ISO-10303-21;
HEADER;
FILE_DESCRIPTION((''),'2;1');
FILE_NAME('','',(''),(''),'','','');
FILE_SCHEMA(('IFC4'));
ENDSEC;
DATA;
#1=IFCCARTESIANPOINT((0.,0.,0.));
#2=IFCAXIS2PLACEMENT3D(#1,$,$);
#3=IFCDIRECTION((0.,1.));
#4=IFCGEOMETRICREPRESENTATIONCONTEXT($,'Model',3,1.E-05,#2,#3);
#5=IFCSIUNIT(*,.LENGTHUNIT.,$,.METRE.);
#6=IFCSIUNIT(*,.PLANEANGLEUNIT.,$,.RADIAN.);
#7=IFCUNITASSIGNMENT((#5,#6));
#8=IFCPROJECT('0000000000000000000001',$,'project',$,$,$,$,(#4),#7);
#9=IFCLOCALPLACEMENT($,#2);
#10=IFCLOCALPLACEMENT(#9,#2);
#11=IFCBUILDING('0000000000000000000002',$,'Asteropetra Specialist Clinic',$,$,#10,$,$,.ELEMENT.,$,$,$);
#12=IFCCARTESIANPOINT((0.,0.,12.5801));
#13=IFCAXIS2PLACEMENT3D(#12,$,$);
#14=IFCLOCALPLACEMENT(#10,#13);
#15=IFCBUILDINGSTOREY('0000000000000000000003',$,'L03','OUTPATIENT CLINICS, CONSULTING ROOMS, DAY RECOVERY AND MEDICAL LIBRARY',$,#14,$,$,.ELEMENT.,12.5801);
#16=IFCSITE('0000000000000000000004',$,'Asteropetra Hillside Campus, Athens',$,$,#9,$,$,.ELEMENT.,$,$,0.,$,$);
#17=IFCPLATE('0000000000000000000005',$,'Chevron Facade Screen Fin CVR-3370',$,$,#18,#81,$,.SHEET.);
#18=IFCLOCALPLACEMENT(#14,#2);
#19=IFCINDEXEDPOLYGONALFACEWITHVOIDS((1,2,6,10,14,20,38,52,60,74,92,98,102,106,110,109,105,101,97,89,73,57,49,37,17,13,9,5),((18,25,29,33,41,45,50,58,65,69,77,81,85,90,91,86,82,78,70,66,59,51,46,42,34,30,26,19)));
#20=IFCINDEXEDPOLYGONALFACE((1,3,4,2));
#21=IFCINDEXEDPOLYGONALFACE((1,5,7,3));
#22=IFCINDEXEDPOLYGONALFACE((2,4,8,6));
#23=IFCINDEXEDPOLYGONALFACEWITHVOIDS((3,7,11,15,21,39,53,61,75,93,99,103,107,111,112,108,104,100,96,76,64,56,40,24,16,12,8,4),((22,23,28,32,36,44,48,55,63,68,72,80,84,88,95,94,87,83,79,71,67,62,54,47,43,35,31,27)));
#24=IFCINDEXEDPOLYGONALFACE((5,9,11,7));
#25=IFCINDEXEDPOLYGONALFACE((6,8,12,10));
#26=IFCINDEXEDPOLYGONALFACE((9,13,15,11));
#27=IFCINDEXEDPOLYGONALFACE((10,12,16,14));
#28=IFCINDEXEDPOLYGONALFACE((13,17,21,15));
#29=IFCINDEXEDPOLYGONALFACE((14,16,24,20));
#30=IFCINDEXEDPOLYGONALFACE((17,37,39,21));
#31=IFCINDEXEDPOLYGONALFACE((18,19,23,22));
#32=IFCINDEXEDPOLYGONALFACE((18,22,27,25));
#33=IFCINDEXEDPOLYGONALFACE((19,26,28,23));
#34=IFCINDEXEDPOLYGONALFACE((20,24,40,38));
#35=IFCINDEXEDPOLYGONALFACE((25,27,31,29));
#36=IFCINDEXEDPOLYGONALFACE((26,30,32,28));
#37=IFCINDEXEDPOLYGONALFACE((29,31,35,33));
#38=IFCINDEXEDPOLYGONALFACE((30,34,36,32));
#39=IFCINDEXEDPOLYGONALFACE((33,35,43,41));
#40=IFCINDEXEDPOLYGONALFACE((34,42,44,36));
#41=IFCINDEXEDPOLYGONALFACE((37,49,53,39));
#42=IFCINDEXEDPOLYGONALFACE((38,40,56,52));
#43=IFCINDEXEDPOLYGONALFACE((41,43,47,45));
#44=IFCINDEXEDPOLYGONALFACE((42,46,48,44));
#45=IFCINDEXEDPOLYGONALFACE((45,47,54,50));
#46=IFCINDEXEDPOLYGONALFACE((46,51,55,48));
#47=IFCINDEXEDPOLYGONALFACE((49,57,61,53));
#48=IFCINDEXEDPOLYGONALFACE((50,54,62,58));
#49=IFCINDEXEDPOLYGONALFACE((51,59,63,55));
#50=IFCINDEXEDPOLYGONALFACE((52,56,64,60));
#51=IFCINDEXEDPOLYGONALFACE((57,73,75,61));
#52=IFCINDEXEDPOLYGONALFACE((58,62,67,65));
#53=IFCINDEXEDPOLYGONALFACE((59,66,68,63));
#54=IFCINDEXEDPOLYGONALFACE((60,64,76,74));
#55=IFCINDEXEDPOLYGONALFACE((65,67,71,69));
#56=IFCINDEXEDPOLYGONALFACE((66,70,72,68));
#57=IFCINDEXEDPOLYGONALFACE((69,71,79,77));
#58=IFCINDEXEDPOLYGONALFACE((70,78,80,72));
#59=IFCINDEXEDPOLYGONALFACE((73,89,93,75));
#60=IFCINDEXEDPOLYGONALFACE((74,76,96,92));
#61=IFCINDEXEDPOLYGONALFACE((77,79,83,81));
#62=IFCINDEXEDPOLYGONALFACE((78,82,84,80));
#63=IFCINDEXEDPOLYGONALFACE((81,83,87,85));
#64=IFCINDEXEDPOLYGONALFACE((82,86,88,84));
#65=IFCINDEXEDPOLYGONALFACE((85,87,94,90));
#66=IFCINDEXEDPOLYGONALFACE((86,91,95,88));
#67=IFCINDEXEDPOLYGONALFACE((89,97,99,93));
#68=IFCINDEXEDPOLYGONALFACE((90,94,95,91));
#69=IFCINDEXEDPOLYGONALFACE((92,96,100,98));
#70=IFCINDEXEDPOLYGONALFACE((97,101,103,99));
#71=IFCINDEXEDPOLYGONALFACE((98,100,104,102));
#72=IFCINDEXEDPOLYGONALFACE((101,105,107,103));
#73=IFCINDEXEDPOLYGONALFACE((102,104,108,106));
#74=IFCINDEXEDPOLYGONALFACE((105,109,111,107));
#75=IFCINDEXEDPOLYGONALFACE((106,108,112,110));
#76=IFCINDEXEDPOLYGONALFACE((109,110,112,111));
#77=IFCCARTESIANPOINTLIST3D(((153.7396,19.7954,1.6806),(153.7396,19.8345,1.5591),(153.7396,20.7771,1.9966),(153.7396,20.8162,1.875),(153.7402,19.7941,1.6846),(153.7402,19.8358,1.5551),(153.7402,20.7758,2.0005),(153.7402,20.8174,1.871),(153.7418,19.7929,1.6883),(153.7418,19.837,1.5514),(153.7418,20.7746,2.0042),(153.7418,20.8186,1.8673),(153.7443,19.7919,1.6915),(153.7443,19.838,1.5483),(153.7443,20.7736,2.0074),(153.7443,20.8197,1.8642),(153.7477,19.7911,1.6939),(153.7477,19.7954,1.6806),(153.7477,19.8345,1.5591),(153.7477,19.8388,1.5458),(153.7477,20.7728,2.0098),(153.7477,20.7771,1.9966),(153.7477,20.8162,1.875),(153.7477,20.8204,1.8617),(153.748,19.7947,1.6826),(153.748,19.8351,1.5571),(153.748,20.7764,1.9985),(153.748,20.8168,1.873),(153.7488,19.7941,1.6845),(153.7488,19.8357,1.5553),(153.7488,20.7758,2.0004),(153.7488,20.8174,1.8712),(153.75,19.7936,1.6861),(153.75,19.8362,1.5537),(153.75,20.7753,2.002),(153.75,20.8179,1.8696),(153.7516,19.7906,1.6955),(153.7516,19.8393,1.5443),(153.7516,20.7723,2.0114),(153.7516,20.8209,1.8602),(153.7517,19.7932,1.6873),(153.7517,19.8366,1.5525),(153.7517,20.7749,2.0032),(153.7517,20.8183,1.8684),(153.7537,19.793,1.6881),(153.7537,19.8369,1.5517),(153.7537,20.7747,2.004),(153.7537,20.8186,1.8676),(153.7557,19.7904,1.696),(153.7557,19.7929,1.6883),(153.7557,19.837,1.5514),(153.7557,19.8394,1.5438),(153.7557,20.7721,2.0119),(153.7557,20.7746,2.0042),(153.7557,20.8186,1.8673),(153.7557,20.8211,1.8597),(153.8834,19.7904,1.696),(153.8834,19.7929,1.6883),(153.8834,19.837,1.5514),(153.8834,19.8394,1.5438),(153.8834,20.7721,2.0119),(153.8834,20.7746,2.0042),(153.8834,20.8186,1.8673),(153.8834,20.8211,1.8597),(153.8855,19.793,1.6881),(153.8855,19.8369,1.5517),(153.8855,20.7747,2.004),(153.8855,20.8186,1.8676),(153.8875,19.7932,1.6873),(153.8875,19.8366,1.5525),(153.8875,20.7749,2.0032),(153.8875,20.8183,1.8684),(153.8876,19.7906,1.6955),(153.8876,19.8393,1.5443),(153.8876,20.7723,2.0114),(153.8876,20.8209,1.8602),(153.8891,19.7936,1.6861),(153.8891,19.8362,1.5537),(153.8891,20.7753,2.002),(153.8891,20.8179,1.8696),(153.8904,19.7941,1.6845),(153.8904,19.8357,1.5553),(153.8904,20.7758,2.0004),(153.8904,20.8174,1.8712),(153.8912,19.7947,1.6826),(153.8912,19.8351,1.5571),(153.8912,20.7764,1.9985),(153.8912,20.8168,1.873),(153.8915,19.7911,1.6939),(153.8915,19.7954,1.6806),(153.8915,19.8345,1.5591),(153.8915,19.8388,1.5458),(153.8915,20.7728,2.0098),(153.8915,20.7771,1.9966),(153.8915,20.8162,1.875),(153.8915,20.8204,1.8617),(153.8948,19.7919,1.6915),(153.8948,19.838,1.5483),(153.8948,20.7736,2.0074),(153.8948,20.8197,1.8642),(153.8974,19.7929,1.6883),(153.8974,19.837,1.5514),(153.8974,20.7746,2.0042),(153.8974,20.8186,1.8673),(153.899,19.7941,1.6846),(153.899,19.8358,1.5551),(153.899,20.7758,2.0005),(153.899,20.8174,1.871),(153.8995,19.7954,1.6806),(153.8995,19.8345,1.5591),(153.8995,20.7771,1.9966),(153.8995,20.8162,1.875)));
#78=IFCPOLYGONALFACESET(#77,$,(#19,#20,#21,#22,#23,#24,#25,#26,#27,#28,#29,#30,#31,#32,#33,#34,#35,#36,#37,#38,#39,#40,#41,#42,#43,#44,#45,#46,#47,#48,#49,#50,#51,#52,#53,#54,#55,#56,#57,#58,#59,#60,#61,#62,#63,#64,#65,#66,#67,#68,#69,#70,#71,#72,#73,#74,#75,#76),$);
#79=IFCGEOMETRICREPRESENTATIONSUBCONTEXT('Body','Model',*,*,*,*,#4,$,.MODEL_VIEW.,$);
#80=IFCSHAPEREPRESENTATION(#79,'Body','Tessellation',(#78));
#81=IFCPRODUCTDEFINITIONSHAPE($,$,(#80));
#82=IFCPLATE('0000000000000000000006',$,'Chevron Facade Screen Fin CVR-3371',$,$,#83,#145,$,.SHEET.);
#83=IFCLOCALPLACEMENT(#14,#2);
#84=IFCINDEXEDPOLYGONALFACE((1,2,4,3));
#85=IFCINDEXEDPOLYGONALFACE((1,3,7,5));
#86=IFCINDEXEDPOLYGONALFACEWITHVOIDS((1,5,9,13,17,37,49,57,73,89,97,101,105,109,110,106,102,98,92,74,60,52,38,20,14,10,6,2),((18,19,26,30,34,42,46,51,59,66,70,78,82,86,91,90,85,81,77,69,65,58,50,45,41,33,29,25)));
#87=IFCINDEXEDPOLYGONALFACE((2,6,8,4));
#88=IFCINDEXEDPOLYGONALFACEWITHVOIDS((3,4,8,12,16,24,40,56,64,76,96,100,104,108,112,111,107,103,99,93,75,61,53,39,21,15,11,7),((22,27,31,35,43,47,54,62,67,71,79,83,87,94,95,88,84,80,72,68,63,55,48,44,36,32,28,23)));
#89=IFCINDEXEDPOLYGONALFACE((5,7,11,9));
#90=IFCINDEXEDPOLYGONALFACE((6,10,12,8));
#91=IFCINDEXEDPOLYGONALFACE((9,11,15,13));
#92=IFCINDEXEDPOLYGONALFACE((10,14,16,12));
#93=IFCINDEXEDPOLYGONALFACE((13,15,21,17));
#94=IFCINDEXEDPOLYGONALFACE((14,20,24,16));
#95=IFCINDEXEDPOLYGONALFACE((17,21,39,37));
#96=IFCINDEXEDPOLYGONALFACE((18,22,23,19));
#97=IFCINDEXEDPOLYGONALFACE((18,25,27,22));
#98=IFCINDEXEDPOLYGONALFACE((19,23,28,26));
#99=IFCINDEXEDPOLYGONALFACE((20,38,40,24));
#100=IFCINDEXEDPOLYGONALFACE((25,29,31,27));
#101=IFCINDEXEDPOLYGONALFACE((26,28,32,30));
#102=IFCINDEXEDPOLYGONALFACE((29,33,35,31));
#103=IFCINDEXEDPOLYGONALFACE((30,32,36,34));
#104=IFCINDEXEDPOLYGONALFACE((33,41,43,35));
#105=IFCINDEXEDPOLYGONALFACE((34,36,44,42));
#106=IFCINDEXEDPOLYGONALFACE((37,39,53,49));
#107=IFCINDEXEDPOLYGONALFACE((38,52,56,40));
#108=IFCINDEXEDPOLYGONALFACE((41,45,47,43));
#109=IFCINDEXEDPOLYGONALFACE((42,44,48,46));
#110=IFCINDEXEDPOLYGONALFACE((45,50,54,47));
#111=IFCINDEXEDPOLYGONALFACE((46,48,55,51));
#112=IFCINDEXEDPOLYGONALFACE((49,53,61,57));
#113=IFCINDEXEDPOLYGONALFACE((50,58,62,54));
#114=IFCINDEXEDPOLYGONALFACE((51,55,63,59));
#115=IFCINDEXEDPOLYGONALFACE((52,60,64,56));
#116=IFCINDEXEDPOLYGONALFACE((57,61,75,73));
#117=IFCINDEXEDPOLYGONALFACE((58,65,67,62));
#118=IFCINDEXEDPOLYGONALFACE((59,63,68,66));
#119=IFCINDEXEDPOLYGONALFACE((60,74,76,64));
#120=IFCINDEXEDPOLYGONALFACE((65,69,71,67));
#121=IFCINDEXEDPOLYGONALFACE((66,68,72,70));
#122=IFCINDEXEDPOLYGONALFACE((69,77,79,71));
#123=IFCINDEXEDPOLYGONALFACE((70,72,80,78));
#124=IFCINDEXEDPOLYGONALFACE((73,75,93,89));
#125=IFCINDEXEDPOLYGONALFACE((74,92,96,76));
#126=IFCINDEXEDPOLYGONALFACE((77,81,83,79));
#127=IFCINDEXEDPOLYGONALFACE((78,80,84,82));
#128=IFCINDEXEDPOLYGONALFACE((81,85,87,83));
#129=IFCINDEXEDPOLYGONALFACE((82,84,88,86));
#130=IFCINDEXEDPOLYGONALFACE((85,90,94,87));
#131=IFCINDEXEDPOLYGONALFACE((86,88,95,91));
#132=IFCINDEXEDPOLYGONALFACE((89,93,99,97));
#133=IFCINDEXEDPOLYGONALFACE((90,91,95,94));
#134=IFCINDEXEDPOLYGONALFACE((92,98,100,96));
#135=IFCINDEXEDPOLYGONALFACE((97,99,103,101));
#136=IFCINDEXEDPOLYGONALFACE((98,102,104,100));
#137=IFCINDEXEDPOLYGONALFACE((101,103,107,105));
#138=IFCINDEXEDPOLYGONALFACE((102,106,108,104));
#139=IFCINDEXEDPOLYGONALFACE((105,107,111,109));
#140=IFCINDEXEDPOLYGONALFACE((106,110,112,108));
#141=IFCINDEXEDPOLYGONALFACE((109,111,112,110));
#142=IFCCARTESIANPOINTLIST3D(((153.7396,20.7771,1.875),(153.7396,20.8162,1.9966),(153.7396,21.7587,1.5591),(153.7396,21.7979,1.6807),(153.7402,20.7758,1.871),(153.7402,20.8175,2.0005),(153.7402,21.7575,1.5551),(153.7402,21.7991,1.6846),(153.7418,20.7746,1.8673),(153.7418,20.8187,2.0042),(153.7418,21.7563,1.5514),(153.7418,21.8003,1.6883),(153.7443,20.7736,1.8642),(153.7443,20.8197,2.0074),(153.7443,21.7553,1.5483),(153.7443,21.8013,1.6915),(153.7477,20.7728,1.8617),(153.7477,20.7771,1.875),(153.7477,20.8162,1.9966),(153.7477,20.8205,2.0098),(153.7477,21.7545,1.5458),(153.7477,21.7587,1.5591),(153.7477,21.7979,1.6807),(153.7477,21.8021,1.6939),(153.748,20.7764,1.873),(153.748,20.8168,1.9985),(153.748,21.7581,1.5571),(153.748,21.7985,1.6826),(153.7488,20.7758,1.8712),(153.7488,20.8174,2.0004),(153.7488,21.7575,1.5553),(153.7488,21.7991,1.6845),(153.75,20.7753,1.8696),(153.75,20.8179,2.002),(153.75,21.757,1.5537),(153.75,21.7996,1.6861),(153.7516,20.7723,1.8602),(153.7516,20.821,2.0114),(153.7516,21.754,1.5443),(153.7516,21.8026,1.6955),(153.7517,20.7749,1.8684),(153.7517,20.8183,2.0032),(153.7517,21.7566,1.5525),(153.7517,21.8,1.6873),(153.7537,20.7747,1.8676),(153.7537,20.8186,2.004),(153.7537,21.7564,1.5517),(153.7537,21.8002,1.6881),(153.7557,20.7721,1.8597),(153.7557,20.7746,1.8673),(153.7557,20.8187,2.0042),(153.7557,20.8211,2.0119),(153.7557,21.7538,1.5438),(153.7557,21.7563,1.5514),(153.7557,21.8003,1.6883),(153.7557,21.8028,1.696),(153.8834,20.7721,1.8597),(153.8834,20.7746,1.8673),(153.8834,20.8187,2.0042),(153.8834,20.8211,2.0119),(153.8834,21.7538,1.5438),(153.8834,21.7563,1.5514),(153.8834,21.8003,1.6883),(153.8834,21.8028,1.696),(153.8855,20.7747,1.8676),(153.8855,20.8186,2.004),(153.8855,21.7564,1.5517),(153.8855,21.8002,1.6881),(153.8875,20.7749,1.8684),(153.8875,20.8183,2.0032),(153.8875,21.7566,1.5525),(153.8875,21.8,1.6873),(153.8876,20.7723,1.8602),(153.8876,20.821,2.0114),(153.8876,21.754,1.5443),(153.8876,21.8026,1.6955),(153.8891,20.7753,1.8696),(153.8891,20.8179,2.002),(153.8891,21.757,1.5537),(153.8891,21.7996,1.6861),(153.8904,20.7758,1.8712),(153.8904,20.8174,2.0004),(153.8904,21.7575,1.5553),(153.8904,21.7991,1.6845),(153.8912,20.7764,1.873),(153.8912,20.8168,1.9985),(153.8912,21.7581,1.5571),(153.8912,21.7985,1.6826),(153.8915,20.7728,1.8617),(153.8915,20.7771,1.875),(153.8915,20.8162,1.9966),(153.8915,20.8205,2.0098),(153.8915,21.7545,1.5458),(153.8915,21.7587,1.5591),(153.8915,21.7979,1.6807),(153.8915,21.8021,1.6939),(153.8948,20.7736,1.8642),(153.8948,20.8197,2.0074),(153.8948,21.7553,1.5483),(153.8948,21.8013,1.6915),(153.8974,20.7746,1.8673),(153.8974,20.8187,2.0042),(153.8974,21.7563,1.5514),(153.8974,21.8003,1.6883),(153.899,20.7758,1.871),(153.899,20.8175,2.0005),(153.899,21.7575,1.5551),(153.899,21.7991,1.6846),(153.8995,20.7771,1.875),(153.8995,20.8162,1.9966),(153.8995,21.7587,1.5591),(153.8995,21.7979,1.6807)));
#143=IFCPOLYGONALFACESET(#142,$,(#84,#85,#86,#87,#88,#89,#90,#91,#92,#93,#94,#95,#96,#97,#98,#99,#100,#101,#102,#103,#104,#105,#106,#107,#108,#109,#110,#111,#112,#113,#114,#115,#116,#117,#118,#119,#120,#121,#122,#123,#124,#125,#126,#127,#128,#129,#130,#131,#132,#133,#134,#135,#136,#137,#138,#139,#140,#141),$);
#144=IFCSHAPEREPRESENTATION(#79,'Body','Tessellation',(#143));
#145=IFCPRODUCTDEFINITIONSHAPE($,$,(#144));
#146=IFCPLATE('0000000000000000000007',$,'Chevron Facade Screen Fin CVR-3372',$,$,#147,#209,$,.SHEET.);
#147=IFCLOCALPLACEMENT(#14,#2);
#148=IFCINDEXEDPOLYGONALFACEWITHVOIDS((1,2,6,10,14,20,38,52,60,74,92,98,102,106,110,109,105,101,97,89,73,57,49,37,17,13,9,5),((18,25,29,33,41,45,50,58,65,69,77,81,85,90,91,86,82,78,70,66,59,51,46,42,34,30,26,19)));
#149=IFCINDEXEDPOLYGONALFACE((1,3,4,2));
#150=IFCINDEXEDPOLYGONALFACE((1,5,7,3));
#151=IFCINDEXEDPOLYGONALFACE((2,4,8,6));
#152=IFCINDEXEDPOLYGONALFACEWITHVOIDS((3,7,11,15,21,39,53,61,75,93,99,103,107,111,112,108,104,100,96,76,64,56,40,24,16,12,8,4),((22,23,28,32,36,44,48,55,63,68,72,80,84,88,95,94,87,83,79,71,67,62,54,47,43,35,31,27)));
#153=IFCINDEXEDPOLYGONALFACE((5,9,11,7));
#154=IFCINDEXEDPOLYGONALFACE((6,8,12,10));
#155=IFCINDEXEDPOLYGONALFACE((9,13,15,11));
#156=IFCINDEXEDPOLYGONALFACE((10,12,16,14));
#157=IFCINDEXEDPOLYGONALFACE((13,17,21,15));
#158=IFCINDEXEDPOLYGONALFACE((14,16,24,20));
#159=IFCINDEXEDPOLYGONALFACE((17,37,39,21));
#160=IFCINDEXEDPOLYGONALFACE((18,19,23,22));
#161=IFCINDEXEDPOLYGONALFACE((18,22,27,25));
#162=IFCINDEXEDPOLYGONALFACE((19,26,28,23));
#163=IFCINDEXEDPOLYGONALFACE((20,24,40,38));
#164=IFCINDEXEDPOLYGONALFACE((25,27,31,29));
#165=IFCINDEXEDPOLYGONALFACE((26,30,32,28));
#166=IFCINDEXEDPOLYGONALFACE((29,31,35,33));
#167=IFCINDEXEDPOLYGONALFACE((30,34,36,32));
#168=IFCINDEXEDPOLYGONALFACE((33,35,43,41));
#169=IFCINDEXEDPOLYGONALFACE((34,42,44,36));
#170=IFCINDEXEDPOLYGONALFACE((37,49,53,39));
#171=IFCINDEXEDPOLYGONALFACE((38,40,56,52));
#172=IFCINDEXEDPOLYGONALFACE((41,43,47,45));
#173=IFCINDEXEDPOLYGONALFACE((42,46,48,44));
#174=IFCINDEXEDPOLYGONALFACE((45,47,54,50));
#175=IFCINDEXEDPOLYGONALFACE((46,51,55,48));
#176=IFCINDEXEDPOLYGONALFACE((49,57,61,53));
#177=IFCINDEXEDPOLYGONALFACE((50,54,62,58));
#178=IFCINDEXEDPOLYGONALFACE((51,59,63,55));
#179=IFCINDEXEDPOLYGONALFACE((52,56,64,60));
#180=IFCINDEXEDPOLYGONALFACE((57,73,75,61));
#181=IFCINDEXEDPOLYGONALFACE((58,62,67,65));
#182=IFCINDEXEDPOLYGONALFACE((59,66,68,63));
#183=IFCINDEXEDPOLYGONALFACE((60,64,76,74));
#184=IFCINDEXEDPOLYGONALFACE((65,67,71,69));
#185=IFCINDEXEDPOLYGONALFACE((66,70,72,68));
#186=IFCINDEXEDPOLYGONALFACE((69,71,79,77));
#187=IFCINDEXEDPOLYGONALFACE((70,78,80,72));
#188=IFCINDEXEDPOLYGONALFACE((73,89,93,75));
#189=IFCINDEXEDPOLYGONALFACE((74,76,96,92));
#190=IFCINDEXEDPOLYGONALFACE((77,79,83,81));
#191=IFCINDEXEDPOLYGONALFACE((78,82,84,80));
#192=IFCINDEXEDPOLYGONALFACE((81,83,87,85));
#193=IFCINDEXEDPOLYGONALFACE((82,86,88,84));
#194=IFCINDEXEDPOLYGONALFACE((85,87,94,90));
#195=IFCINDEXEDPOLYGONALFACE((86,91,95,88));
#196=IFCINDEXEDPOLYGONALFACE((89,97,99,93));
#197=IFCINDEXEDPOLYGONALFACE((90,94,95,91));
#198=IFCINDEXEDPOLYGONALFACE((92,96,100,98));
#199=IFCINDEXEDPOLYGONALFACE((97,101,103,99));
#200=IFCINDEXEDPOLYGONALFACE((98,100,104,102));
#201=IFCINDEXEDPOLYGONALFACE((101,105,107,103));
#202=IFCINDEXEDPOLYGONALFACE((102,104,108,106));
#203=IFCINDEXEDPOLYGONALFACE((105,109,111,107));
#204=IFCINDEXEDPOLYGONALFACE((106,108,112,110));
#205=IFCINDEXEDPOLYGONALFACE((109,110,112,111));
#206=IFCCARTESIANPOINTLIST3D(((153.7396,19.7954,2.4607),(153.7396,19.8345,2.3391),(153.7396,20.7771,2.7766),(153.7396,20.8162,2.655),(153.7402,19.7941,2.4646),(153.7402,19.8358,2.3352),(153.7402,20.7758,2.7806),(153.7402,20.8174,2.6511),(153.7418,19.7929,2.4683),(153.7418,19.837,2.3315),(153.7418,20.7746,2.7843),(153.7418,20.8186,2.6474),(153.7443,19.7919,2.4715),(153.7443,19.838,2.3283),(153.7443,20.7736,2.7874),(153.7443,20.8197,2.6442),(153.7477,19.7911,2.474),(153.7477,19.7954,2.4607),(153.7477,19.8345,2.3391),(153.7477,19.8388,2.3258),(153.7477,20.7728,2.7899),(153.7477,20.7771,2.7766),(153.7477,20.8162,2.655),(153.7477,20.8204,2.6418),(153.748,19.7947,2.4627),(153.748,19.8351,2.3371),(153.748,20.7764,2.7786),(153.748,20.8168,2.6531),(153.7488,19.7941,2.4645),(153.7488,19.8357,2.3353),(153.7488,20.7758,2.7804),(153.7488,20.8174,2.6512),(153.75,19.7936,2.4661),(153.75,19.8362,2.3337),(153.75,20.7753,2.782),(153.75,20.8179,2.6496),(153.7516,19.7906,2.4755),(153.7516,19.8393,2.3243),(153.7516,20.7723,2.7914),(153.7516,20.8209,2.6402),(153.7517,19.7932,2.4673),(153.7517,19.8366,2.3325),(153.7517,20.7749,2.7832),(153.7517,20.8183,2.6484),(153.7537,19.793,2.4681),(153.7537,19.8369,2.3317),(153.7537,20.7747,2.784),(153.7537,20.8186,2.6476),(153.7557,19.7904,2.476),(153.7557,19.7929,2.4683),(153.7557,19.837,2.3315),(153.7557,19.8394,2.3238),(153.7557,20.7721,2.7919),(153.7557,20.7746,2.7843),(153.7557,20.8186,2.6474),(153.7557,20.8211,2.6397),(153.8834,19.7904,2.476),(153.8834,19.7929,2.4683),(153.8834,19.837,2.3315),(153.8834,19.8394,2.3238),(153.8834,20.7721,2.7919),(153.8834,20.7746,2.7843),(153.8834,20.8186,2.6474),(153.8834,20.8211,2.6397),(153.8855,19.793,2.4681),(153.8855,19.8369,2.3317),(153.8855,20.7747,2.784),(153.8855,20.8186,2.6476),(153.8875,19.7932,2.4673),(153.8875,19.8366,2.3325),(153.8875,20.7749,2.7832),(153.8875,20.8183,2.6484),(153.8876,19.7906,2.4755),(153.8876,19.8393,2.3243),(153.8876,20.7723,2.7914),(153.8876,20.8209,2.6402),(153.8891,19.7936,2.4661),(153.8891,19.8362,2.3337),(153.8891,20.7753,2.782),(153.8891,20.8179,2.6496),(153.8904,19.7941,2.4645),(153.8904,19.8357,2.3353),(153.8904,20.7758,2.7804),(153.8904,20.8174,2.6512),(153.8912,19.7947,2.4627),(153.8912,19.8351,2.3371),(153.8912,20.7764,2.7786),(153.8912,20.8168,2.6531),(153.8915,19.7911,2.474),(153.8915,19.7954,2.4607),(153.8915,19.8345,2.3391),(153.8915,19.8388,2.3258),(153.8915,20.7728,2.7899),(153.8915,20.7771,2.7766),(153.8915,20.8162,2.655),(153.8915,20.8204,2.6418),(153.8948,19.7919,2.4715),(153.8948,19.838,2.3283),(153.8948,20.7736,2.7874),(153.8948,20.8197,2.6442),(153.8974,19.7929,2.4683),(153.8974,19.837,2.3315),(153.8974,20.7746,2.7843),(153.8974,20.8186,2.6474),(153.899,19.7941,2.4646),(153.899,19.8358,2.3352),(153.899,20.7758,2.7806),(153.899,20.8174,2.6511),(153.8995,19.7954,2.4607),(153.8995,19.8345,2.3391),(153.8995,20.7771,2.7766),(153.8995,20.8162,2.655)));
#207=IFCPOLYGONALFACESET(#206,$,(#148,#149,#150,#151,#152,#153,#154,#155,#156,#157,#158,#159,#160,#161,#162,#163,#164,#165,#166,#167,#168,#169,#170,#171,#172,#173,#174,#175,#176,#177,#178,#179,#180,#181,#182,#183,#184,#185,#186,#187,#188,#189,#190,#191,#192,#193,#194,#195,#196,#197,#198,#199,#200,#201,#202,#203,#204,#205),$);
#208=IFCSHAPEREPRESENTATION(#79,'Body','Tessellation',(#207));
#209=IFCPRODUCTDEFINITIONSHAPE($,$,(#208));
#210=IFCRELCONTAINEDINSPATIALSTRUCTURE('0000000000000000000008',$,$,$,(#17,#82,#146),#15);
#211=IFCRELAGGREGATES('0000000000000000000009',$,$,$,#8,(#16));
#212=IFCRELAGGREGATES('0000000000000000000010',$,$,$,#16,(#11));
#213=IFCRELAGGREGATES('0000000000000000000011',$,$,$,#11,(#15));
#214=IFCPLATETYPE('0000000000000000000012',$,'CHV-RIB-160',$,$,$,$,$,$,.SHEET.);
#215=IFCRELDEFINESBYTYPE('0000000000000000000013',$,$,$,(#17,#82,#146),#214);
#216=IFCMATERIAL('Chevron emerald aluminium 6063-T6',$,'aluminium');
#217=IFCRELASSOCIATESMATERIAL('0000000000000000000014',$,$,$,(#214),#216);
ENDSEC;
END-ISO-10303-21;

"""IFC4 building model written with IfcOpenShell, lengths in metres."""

from ifc_helpers import new_model, si_unit, direction, frame, origin, origin_2d, place, context, subcontext, project, spatial, hollow_rectangle, extrude, material, material_profile, profile_set, type_object, element, save


model = new_model("IFC4")

# Units and contexts
model_context = context("Model", 3, precision=1e-05, world=origin(), true_north=direction((0.0, 1.0)))
body_context = subcontext(model_context, "Body", "Model", "MODEL_VIEW")
ifc_project = project(units=[si_unit("LENGTHUNIT", "METRE"), si_unit("PLANEANGLEUNIT", "RADIAN")], contexts=[model_context])

# Site, building, storey
site_placement = place(None, origin())
site = spatial("IfcSite", under=ifc_project, at=site_placement, Name="Asteropetra Hillside Campus, Athens", CompositionType="ELEMENT", RefElevation=0.0)
building_placement = place(site_placement, origin())
building = spatial("IfcBuilding", under=site, at=building_placement, Name="Asteropetra Specialist Clinic", CompositionType="ELEMENT")
storey_placement = place(building_placement, frame((0.0, 0.0, 12.5801)))
storey = spatial("IfcBuildingStorey", under=building, at=storey_placement, Name="L03", Description="OUTPATIENT CLINICS, CONSULTING ROOMS, DAY RECOVERY AND MEDICAL LIBRARY", CompositionType="ELEMENT", Elevation=12.5801)

# Plates
ifc_material_1 = material(Name="Chevron emerald aluminium 6063-T6", Category="aluminium")
ifc_material_profile = material_profile(ifc_material_1, hollow_rectangle(XDim=0.1599, YDim=0.1599, WallThickness=0.0081, InnerFilletRadius=0.0081, OuterFilletRadius=0.0161, at=origin_2d()), Name="SHS 160x160x8.0")
ifc_profile_set = profile_set([ifc_material_profile], Name="Chevron emerald aluminium 6063-T6")
plate_type_1 = type_object("IfcPlateType", Name="CHV-RIB-160", PredefinedType="SHEET", material=ifc_profile_set)
for number, where, z_axis, x_axis, name in (
    (1, (153.8196, 19.8149, 1.6199), (0.0, 0.951923, 0.306339), (-1.0, 0.0, 0.0), "Chevron Facade Screen Fin CVR-3370"),
    (2, (153.8196, 20.7966, 1.9358), (0.0, 0.951923, -0.306339), (-1.0, 0.0, 0.0), "Chevron Facade Screen Fin CVR-3371"),
    (3, (153.8196, 19.8149, 2.3999), (0.0, 0.951923, 0.306339), (-1.0, 0.0, 0.0), "Chevron Facade Screen Fin CVR-3372"),
):
    element("IfcPlate", number, at=place(storey_placement, frame(where, z_axis=z_axis, x_axis=x_axis)), inside=storey, type_object=plate_type_1, Name=name, PredefinedType="SHEET", context=body_context, shape_type="SweptSolid", body=[
        extrude(hollow_rectangle(XDim=0.1599, YDim=0.1599, WallThickness=0.0081, InnerFilletRadius=0.0081, OuterFilletRadius=0.0161, at=origin_2d()), origin(), (0.0, 0.0, 1.0), 1.0312),
    ])

save(model, "model.ifc")
